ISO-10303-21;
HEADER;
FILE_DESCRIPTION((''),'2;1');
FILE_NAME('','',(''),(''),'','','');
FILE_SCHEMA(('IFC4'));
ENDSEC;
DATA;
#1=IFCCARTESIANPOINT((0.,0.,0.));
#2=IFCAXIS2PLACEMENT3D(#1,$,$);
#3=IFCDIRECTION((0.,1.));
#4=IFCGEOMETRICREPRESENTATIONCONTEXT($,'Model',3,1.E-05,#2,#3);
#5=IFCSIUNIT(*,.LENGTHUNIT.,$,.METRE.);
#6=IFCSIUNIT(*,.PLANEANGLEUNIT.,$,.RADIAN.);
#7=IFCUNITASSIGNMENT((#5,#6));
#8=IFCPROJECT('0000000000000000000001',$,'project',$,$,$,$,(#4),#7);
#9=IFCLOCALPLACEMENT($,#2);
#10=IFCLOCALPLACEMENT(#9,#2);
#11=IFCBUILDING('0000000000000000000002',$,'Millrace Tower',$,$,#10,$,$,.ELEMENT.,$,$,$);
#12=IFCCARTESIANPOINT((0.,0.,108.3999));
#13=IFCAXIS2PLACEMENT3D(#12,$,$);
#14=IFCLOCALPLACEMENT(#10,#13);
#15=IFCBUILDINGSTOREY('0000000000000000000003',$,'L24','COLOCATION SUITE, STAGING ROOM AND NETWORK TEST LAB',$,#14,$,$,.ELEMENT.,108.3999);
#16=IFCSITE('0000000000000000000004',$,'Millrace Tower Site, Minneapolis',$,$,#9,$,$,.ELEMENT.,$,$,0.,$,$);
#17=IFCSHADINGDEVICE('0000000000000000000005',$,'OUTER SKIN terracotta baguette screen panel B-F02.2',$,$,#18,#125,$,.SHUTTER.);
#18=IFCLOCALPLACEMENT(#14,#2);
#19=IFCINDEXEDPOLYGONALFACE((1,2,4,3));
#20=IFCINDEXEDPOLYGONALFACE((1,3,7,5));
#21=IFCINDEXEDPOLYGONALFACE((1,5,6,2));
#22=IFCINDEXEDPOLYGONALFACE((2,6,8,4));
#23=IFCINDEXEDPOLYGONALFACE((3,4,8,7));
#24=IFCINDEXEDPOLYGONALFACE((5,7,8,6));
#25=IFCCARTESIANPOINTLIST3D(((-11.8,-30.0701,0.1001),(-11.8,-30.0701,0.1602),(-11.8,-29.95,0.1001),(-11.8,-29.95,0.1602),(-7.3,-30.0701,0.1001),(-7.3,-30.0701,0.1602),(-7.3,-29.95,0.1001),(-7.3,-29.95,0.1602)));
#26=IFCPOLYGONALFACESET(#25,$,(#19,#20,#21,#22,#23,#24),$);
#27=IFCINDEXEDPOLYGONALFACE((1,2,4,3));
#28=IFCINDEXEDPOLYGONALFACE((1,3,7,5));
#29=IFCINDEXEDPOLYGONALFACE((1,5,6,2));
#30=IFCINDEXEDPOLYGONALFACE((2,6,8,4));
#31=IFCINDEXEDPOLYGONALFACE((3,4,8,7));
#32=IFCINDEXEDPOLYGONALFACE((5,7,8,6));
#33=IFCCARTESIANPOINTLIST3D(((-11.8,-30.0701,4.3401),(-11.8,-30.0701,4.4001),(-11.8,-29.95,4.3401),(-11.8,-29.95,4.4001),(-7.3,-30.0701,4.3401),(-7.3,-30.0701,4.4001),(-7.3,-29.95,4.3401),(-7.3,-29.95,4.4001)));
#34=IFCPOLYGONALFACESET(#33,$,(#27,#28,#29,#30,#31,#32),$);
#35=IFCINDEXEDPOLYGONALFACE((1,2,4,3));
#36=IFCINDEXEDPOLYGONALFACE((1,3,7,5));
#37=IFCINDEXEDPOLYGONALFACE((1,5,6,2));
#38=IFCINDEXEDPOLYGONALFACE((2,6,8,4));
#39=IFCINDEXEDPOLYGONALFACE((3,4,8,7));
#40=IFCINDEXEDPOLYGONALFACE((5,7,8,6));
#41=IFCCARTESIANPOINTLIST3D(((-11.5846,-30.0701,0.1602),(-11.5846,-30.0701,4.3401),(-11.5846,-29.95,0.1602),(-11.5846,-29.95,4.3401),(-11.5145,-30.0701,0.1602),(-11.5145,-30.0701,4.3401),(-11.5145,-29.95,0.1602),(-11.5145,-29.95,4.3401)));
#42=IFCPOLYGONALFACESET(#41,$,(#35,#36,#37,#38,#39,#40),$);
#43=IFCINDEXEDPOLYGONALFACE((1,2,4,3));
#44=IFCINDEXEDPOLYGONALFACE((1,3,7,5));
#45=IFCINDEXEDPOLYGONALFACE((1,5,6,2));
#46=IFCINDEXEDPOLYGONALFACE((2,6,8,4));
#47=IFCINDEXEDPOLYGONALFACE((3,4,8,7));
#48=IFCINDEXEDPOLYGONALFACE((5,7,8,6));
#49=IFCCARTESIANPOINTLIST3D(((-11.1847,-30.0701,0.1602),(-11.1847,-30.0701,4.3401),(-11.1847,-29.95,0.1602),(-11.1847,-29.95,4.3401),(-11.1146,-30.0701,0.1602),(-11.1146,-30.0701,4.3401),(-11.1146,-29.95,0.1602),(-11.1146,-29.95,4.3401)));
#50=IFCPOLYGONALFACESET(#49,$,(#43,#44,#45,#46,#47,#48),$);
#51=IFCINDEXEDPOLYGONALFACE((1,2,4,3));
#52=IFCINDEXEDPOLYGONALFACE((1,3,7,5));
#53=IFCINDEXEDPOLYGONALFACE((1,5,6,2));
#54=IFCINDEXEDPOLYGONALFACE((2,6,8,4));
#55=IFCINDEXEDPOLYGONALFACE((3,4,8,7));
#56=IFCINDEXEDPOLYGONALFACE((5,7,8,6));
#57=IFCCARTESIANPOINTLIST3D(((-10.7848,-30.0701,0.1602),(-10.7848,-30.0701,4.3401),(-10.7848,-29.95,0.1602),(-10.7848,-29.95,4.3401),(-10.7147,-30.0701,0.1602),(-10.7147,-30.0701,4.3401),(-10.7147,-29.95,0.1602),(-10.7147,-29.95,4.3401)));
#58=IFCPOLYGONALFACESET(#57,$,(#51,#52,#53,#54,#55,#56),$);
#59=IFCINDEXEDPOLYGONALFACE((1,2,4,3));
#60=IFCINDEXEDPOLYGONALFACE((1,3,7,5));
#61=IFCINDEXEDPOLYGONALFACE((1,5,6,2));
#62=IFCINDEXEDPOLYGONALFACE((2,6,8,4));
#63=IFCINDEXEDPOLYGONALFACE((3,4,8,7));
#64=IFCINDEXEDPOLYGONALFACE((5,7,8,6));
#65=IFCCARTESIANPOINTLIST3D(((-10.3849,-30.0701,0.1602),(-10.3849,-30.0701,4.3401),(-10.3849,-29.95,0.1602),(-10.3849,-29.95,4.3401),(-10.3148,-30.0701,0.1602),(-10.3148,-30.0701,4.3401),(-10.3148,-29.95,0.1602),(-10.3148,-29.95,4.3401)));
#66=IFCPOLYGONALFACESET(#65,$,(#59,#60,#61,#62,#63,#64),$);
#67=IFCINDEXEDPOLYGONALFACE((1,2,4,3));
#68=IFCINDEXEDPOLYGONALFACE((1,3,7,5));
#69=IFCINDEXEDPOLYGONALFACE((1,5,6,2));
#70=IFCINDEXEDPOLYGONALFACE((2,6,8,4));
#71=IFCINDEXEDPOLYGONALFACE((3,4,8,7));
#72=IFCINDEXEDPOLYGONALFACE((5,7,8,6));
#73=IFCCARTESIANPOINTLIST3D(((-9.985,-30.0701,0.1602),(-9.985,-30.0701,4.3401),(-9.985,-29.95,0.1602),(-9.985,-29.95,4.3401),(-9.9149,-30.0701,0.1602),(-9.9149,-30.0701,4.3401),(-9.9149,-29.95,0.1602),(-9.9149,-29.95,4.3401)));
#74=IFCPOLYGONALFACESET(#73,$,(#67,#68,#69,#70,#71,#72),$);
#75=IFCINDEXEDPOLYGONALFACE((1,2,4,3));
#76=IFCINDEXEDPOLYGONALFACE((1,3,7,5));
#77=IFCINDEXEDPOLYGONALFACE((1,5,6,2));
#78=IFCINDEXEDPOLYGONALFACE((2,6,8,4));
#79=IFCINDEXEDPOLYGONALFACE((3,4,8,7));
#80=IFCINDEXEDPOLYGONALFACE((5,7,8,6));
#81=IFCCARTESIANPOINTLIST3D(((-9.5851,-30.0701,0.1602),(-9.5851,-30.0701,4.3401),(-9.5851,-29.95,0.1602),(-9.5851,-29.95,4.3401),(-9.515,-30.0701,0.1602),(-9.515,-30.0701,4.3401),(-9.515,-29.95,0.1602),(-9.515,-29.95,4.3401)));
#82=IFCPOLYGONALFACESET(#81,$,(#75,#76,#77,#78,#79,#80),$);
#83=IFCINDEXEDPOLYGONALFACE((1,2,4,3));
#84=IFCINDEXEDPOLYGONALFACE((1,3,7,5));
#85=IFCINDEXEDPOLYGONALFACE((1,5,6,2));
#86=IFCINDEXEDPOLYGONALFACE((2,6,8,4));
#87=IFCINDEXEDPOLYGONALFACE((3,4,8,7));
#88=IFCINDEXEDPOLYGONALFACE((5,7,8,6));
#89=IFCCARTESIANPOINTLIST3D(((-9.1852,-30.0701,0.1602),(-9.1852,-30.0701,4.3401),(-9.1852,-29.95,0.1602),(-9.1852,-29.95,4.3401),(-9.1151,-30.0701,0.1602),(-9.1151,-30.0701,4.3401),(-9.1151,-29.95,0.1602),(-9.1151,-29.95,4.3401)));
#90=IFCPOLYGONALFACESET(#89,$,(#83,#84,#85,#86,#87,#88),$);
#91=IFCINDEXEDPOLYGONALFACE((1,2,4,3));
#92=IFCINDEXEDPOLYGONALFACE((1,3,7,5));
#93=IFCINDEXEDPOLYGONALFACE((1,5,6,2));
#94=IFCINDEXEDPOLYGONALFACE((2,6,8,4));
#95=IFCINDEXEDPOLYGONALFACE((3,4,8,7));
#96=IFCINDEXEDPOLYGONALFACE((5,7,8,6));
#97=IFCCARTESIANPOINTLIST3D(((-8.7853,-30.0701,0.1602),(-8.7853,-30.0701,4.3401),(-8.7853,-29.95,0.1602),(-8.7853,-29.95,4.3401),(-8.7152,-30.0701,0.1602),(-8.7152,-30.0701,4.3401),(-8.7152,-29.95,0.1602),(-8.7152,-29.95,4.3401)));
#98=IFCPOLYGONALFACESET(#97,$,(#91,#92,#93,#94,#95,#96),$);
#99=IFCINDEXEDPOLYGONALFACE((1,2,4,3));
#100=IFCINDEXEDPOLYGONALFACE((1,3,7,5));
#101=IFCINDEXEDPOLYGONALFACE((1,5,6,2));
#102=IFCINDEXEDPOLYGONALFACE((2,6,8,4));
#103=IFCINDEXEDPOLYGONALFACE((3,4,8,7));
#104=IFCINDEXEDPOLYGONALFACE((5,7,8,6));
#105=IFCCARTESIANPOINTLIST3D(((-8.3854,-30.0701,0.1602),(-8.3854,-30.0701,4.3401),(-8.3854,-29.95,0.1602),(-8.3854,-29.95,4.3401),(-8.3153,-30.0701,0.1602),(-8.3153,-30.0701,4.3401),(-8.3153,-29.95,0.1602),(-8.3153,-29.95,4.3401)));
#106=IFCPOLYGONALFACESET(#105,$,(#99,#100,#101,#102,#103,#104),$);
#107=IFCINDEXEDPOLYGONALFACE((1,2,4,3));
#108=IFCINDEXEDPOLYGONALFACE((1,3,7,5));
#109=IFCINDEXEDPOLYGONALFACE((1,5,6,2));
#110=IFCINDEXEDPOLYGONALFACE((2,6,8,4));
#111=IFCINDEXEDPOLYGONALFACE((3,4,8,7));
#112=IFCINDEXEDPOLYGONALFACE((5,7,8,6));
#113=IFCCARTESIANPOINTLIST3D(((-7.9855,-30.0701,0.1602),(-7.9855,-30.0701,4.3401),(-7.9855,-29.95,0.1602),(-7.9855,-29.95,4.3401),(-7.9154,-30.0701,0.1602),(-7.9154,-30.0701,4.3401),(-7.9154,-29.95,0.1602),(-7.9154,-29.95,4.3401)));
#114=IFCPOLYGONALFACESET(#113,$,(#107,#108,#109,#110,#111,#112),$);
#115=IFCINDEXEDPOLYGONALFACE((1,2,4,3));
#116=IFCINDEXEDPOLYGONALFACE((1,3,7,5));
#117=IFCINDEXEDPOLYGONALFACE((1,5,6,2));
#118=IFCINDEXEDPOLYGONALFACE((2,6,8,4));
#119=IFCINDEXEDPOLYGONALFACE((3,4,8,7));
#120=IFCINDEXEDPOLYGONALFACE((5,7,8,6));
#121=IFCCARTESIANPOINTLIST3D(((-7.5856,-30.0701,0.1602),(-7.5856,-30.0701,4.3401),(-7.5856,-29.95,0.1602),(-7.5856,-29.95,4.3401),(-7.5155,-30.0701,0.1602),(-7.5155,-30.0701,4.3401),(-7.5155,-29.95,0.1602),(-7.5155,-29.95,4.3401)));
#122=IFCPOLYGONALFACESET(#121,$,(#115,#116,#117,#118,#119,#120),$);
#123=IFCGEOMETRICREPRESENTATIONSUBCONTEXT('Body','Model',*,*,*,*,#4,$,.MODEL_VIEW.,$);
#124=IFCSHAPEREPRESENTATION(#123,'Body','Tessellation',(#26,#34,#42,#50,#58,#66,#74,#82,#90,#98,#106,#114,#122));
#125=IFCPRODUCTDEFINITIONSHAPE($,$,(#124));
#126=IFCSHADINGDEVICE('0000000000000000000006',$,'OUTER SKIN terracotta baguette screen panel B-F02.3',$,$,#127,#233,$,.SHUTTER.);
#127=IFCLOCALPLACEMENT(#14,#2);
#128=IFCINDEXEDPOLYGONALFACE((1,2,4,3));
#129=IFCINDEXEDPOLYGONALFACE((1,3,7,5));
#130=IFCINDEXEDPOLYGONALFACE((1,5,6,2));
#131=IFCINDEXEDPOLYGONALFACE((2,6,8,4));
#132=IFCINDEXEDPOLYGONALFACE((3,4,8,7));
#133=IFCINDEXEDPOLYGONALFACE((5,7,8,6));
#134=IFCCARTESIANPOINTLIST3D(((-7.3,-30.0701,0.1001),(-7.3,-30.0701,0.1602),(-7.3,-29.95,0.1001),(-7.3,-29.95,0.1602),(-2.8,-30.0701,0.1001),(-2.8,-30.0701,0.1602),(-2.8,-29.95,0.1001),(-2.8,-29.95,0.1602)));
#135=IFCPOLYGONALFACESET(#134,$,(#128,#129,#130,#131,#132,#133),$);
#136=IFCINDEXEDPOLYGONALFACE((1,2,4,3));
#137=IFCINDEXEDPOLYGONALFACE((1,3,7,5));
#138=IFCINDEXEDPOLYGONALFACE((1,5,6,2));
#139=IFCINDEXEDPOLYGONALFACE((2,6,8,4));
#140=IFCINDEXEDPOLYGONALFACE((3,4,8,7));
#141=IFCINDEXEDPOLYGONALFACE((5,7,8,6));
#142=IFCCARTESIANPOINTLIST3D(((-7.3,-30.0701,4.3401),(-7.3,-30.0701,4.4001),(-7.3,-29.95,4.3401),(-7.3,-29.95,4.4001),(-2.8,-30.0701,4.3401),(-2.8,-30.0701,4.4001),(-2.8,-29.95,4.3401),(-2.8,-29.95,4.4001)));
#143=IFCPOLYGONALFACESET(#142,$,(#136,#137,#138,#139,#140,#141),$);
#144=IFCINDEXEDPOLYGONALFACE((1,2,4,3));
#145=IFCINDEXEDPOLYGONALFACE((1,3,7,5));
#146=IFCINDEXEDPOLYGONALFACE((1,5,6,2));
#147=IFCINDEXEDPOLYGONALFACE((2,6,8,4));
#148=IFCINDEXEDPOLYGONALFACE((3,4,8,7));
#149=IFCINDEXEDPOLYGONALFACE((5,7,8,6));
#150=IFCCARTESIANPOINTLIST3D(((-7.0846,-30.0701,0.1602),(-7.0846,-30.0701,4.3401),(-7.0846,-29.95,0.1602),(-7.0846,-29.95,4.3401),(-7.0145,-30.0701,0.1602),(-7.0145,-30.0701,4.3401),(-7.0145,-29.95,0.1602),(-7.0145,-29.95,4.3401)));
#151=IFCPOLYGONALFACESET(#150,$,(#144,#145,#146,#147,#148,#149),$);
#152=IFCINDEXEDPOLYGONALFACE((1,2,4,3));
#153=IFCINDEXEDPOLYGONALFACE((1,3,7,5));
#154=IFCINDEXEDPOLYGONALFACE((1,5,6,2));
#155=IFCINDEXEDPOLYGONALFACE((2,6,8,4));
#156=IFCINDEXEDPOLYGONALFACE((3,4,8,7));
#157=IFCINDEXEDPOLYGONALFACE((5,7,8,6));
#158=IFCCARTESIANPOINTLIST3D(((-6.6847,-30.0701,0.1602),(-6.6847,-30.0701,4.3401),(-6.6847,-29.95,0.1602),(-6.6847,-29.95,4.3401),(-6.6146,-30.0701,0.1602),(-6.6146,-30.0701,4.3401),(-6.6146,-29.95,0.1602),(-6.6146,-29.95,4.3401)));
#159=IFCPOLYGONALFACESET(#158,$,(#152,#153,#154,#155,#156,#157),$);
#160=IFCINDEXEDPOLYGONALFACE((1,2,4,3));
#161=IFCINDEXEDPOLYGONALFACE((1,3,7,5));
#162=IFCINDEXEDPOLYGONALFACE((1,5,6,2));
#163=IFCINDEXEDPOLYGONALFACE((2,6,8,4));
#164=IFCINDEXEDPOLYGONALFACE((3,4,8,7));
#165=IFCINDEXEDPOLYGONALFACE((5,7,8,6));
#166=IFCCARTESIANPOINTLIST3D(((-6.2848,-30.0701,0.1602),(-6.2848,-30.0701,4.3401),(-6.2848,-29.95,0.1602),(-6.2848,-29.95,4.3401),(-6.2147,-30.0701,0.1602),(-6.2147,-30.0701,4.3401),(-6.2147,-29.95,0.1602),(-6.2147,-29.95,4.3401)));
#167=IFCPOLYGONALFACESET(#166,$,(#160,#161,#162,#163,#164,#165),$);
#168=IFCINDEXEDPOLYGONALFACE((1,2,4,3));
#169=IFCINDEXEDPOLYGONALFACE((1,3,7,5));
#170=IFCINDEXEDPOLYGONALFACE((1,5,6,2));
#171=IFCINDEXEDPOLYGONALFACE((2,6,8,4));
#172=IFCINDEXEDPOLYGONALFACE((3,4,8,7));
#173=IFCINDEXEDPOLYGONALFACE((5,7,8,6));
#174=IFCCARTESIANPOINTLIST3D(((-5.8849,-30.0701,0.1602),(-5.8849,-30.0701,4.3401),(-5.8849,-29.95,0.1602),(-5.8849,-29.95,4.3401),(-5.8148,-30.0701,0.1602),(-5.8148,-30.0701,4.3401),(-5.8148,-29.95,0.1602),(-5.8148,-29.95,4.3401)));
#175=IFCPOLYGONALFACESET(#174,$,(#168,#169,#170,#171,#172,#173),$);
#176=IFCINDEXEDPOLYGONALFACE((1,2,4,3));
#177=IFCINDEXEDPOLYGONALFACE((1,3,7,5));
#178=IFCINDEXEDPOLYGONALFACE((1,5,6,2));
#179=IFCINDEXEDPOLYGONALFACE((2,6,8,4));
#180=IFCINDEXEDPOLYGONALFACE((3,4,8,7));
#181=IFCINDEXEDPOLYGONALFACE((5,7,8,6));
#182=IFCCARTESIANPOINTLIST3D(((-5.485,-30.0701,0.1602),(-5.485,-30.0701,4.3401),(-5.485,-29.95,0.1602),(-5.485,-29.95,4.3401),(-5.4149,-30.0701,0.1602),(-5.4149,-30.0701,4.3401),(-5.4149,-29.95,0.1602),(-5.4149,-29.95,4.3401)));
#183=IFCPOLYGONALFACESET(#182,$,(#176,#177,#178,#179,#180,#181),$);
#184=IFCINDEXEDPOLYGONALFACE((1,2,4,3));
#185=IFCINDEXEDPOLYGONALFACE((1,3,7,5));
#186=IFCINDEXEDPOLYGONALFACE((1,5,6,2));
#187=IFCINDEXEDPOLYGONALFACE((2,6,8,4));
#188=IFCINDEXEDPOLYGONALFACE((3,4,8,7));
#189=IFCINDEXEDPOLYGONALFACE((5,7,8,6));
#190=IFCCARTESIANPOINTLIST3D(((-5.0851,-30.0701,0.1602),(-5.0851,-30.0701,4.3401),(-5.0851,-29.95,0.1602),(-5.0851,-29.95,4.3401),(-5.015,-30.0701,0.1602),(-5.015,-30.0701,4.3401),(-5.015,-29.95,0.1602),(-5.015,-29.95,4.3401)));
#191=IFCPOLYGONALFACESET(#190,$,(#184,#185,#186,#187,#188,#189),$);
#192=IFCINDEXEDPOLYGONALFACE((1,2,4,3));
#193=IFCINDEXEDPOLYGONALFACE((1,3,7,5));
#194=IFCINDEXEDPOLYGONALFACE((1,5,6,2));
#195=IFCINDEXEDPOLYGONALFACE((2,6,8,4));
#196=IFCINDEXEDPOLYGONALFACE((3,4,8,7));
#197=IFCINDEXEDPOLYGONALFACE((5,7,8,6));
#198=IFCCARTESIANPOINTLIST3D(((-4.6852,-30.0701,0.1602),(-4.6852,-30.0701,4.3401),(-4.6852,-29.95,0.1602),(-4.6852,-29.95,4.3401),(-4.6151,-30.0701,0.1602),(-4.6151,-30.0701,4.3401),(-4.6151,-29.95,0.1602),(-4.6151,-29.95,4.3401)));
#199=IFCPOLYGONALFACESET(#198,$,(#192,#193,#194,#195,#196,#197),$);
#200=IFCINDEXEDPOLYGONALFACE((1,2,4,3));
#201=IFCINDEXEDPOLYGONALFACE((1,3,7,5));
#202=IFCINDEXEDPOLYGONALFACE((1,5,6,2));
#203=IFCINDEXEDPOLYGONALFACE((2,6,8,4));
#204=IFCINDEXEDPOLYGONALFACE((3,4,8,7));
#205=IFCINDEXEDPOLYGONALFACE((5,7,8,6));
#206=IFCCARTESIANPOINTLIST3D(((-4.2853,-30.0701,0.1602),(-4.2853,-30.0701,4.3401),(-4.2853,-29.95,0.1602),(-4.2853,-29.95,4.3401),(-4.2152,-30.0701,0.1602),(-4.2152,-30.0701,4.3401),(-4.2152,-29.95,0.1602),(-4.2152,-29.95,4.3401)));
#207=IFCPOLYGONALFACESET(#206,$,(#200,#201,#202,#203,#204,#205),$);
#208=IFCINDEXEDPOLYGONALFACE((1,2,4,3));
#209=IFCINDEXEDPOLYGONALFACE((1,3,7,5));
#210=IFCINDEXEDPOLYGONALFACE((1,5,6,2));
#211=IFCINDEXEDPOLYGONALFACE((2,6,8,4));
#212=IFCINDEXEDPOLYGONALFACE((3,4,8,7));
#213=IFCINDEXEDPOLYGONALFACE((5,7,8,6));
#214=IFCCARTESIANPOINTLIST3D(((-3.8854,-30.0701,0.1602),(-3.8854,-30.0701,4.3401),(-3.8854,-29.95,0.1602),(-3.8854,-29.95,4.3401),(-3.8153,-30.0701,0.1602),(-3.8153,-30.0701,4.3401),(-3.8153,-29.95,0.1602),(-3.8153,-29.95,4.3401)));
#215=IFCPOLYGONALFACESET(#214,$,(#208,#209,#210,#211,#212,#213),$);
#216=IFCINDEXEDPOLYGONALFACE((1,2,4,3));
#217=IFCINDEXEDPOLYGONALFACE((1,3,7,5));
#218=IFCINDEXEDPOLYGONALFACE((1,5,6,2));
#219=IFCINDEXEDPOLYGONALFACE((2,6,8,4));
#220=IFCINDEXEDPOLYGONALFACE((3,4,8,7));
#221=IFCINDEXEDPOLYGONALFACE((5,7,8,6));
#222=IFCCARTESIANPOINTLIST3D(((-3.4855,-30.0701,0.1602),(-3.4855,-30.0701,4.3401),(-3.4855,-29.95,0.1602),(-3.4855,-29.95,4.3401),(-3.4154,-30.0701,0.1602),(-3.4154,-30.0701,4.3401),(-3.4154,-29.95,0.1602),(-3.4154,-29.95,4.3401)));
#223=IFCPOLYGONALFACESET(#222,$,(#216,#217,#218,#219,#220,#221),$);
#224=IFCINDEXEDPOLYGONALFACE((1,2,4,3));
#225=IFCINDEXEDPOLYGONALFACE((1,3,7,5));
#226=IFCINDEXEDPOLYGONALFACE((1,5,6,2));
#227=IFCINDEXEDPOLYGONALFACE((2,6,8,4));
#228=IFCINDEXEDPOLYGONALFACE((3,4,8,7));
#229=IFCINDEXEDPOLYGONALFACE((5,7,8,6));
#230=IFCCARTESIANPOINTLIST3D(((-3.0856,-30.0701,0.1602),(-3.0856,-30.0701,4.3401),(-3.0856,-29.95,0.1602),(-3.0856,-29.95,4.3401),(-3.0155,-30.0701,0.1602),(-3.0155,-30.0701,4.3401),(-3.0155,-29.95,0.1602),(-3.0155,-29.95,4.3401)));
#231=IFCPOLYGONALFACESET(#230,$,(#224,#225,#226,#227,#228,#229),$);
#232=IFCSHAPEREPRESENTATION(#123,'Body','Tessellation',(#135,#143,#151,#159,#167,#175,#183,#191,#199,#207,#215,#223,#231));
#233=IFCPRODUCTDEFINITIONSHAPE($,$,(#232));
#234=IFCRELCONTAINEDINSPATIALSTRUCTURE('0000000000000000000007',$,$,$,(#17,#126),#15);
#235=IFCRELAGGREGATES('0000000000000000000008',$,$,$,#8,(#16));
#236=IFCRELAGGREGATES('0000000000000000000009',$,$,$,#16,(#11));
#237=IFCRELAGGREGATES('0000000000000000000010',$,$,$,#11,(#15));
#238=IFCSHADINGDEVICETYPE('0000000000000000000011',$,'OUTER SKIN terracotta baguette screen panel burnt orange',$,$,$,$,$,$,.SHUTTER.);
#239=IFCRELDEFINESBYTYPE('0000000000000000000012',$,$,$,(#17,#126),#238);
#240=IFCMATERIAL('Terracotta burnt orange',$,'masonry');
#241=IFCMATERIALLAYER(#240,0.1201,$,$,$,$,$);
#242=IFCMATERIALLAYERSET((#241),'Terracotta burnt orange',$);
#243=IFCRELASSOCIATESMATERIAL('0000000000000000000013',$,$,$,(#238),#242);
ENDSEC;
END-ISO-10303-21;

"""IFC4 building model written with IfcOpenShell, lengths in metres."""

from ifc_helpers import new_model, entity, si_unit, direction, frame, frame_2d, origin, origin_2d, place, context, subcontext, project, spatial, rectangle, extrude, source, transform, mapped, material, layer, layer_set, type_object, element, save


model = new_model("IFC4")

# Units and contexts
model_context = context("Model", 3, precision=1e-05, world=origin(), true_north=direction((0.0, 1.0)))
body_context = subcontext(model_context, "Body", "Model", "MODEL_VIEW")
ifc_project = project(units=[si_unit("LENGTHUNIT", "METRE"), si_unit("PLANEANGLEUNIT", "RADIAN")], contexts=[model_context])

# Site, building, storey
site_placement = place(None, origin())
site = spatial("IfcSite", under=ifc_project, at=site_placement, Name="Millrace Tower Site, Minneapolis", CompositionType="ELEMENT", RefElevation=0.0)
building_placement = place(site_placement, origin())
building = spatial("IfcBuilding", under=site, at=building_placement, Name="Millrace Tower", CompositionType="ELEMENT")
storey_placement = place(building_placement, frame((0.0, 0.0, 108.3999)))
storey = spatial("IfcBuildingStorey", under=building, at=storey_placement, Name="L24", Description="COLOCATION SUITE, STAGING ROOM AND NETWORK TEST LAB", CompositionType="ELEMENT", Elevation=108.3999)

# Shading devices
ifc_material_1 = material(Name="Terracotta burnt orange", Category="masonry")
ifc_layer_1 = layer(ifc_material_1, 0.1201)
ifc_layer_set_1 = layer_set([ifc_layer_1], Name="Terracotta burnt orange")
shading_device_type = type_object("IfcShadingDeviceType", Name="OUTER SKIN terracotta baguette screen panel burnt orange", PredefinedType="SHUTTER", material=ifc_layer_set_1)
cartesian_point_1 = entity("IfcCartesianPoint", [-2.25, 0.0601])
shared_polyline_1 = entity("IfcPolyline", [cartesian_point_1, entity("IfcCartesianPoint", [2.25, 0.0601]), entity("IfcCartesianPoint", [2.25, -0.0601]), entity("IfcCartesianPoint", [-2.25, -0.0601]), cartesian_point_1])
shared_shape_1 = source(origin(), body_context, "Body", "SweptSolid", [
    entity("IfcExtrudedAreaSolid", entity("IfcArbitraryClosedProfileDef", "AREA", None, shared_polyline_1), entity("IfcAxis2Placement3D", entity("IfcCartesianPoint", [0.0, 0.0, 0.0])), entity("IfcDirection", [0.0, 0.0, 1.0]), 0.0601),
    entity("IfcExtrudedAreaSolid", entity("IfcArbitraryClosedProfileDef", "AREA", None, shared_polyline_1), entity("IfcAxis2Placement3D", entity("IfcCartesianPoint", [0.0, 0.0, 4.24])), entity("IfcDirection", [0.0, 0.0, 1.0]), 0.0601),
    extrude(rectangle(XDim=0.0701, YDim=0.1201, at=frame_2d((-1.9995, 0.0))), frame((0.0, 0.0, 0.0601)), (0.0, 0.0, 1.0), 4.1799),
    extrude(rectangle(XDim=0.0701, YDim=0.1201, at=frame_2d((-1.5996, 0.0))), frame((0.0, 0.0, 0.0601)), (0.0, 0.0, 1.0), 4.1799),
    extrude(rectangle(XDim=0.0701, YDim=0.1201, at=frame_2d((-1.1997, 0.0))), frame((0.0, 0.0, 0.0601)), (0.0, 0.0, 1.0), 4.1799),
    extrude(rectangle(XDim=0.0701, YDim=0.1201, at=frame_2d((-0.7998, 0.0))), frame((0.0, 0.0, 0.0601)), (0.0, 0.0, 1.0), 4.1799),
    extrude(rectangle(XDim=0.0701, YDim=0.1201, at=frame_2d((-0.3999, 0.0))), frame((0.0, 0.0, 0.0601)), (0.0, 0.0, 1.0), 4.1799),
    extrude(rectangle(XDim=0.0701, YDim=0.1201, at=origin_2d()), frame((0.0, 0.0, 0.0601)), (0.0, 0.0, 1.0), 4.1799),
    extrude(rectangle(XDim=0.0701, YDim=0.1201, at=frame_2d((0.3999, 0.0))), frame((0.0, 0.0, 0.0601)), (0.0, 0.0, 1.0), 4.1799),
    extrude(rectangle(XDim=0.0701, YDim=0.1201, at=frame_2d((0.7998, 0.0))), frame((0.0, 0.0, 0.0601)), (0.0, 0.0, 1.0), 4.1799),
    extrude(rectangle(XDim=0.0701, YDim=0.1201, at=frame_2d((1.1997, 0.0))), frame((0.0, 0.0, 0.0601)), (0.0, 0.0, 1.0), 4.1799),
    extrude(rectangle(XDim=0.0701, YDim=0.1201, at=frame_2d((1.5996, 0.0))), frame((0.0, 0.0, 0.0601)), (0.0, 0.0, 1.0), 4.1799),
    extrude(rectangle(XDim=0.0701, YDim=0.1201, at=frame_2d((1.9995, 0.0))), frame((0.0, 0.0, 0.0601)), (0.0, 0.0, 1.0), 4.1799),
])
for number, where, z_axis, x_axis, name in (
    (1, (-9.55, -30.01, 0.1001), (0.0, 0.0, 1.0), (1.0, 0.0, 0.0), "OUTER SKIN terracotta baguette screen panel B-F02.2"),
    (2, (-5.05, -30.01, 0.1001), (0.0, 0.0, 1.0), (1.0, 0.0, 0.0), "OUTER SKIN terracotta baguette screen panel B-F02.3"),
):
    element("IfcShadingDevice", number, at=place(storey_placement, frame(where, z_axis=z_axis, x_axis=x_axis)), inside=storey, type_object=shading_device_type, Name=name, PredefinedType="SHUTTER", context=body_context, shape_type="MappedRepresentation", body=[
        mapped(shared_shape_1, transform((0.0, 0.0, 0.0), scale=1.0)),
    ])

save(model, "model.ifc")
